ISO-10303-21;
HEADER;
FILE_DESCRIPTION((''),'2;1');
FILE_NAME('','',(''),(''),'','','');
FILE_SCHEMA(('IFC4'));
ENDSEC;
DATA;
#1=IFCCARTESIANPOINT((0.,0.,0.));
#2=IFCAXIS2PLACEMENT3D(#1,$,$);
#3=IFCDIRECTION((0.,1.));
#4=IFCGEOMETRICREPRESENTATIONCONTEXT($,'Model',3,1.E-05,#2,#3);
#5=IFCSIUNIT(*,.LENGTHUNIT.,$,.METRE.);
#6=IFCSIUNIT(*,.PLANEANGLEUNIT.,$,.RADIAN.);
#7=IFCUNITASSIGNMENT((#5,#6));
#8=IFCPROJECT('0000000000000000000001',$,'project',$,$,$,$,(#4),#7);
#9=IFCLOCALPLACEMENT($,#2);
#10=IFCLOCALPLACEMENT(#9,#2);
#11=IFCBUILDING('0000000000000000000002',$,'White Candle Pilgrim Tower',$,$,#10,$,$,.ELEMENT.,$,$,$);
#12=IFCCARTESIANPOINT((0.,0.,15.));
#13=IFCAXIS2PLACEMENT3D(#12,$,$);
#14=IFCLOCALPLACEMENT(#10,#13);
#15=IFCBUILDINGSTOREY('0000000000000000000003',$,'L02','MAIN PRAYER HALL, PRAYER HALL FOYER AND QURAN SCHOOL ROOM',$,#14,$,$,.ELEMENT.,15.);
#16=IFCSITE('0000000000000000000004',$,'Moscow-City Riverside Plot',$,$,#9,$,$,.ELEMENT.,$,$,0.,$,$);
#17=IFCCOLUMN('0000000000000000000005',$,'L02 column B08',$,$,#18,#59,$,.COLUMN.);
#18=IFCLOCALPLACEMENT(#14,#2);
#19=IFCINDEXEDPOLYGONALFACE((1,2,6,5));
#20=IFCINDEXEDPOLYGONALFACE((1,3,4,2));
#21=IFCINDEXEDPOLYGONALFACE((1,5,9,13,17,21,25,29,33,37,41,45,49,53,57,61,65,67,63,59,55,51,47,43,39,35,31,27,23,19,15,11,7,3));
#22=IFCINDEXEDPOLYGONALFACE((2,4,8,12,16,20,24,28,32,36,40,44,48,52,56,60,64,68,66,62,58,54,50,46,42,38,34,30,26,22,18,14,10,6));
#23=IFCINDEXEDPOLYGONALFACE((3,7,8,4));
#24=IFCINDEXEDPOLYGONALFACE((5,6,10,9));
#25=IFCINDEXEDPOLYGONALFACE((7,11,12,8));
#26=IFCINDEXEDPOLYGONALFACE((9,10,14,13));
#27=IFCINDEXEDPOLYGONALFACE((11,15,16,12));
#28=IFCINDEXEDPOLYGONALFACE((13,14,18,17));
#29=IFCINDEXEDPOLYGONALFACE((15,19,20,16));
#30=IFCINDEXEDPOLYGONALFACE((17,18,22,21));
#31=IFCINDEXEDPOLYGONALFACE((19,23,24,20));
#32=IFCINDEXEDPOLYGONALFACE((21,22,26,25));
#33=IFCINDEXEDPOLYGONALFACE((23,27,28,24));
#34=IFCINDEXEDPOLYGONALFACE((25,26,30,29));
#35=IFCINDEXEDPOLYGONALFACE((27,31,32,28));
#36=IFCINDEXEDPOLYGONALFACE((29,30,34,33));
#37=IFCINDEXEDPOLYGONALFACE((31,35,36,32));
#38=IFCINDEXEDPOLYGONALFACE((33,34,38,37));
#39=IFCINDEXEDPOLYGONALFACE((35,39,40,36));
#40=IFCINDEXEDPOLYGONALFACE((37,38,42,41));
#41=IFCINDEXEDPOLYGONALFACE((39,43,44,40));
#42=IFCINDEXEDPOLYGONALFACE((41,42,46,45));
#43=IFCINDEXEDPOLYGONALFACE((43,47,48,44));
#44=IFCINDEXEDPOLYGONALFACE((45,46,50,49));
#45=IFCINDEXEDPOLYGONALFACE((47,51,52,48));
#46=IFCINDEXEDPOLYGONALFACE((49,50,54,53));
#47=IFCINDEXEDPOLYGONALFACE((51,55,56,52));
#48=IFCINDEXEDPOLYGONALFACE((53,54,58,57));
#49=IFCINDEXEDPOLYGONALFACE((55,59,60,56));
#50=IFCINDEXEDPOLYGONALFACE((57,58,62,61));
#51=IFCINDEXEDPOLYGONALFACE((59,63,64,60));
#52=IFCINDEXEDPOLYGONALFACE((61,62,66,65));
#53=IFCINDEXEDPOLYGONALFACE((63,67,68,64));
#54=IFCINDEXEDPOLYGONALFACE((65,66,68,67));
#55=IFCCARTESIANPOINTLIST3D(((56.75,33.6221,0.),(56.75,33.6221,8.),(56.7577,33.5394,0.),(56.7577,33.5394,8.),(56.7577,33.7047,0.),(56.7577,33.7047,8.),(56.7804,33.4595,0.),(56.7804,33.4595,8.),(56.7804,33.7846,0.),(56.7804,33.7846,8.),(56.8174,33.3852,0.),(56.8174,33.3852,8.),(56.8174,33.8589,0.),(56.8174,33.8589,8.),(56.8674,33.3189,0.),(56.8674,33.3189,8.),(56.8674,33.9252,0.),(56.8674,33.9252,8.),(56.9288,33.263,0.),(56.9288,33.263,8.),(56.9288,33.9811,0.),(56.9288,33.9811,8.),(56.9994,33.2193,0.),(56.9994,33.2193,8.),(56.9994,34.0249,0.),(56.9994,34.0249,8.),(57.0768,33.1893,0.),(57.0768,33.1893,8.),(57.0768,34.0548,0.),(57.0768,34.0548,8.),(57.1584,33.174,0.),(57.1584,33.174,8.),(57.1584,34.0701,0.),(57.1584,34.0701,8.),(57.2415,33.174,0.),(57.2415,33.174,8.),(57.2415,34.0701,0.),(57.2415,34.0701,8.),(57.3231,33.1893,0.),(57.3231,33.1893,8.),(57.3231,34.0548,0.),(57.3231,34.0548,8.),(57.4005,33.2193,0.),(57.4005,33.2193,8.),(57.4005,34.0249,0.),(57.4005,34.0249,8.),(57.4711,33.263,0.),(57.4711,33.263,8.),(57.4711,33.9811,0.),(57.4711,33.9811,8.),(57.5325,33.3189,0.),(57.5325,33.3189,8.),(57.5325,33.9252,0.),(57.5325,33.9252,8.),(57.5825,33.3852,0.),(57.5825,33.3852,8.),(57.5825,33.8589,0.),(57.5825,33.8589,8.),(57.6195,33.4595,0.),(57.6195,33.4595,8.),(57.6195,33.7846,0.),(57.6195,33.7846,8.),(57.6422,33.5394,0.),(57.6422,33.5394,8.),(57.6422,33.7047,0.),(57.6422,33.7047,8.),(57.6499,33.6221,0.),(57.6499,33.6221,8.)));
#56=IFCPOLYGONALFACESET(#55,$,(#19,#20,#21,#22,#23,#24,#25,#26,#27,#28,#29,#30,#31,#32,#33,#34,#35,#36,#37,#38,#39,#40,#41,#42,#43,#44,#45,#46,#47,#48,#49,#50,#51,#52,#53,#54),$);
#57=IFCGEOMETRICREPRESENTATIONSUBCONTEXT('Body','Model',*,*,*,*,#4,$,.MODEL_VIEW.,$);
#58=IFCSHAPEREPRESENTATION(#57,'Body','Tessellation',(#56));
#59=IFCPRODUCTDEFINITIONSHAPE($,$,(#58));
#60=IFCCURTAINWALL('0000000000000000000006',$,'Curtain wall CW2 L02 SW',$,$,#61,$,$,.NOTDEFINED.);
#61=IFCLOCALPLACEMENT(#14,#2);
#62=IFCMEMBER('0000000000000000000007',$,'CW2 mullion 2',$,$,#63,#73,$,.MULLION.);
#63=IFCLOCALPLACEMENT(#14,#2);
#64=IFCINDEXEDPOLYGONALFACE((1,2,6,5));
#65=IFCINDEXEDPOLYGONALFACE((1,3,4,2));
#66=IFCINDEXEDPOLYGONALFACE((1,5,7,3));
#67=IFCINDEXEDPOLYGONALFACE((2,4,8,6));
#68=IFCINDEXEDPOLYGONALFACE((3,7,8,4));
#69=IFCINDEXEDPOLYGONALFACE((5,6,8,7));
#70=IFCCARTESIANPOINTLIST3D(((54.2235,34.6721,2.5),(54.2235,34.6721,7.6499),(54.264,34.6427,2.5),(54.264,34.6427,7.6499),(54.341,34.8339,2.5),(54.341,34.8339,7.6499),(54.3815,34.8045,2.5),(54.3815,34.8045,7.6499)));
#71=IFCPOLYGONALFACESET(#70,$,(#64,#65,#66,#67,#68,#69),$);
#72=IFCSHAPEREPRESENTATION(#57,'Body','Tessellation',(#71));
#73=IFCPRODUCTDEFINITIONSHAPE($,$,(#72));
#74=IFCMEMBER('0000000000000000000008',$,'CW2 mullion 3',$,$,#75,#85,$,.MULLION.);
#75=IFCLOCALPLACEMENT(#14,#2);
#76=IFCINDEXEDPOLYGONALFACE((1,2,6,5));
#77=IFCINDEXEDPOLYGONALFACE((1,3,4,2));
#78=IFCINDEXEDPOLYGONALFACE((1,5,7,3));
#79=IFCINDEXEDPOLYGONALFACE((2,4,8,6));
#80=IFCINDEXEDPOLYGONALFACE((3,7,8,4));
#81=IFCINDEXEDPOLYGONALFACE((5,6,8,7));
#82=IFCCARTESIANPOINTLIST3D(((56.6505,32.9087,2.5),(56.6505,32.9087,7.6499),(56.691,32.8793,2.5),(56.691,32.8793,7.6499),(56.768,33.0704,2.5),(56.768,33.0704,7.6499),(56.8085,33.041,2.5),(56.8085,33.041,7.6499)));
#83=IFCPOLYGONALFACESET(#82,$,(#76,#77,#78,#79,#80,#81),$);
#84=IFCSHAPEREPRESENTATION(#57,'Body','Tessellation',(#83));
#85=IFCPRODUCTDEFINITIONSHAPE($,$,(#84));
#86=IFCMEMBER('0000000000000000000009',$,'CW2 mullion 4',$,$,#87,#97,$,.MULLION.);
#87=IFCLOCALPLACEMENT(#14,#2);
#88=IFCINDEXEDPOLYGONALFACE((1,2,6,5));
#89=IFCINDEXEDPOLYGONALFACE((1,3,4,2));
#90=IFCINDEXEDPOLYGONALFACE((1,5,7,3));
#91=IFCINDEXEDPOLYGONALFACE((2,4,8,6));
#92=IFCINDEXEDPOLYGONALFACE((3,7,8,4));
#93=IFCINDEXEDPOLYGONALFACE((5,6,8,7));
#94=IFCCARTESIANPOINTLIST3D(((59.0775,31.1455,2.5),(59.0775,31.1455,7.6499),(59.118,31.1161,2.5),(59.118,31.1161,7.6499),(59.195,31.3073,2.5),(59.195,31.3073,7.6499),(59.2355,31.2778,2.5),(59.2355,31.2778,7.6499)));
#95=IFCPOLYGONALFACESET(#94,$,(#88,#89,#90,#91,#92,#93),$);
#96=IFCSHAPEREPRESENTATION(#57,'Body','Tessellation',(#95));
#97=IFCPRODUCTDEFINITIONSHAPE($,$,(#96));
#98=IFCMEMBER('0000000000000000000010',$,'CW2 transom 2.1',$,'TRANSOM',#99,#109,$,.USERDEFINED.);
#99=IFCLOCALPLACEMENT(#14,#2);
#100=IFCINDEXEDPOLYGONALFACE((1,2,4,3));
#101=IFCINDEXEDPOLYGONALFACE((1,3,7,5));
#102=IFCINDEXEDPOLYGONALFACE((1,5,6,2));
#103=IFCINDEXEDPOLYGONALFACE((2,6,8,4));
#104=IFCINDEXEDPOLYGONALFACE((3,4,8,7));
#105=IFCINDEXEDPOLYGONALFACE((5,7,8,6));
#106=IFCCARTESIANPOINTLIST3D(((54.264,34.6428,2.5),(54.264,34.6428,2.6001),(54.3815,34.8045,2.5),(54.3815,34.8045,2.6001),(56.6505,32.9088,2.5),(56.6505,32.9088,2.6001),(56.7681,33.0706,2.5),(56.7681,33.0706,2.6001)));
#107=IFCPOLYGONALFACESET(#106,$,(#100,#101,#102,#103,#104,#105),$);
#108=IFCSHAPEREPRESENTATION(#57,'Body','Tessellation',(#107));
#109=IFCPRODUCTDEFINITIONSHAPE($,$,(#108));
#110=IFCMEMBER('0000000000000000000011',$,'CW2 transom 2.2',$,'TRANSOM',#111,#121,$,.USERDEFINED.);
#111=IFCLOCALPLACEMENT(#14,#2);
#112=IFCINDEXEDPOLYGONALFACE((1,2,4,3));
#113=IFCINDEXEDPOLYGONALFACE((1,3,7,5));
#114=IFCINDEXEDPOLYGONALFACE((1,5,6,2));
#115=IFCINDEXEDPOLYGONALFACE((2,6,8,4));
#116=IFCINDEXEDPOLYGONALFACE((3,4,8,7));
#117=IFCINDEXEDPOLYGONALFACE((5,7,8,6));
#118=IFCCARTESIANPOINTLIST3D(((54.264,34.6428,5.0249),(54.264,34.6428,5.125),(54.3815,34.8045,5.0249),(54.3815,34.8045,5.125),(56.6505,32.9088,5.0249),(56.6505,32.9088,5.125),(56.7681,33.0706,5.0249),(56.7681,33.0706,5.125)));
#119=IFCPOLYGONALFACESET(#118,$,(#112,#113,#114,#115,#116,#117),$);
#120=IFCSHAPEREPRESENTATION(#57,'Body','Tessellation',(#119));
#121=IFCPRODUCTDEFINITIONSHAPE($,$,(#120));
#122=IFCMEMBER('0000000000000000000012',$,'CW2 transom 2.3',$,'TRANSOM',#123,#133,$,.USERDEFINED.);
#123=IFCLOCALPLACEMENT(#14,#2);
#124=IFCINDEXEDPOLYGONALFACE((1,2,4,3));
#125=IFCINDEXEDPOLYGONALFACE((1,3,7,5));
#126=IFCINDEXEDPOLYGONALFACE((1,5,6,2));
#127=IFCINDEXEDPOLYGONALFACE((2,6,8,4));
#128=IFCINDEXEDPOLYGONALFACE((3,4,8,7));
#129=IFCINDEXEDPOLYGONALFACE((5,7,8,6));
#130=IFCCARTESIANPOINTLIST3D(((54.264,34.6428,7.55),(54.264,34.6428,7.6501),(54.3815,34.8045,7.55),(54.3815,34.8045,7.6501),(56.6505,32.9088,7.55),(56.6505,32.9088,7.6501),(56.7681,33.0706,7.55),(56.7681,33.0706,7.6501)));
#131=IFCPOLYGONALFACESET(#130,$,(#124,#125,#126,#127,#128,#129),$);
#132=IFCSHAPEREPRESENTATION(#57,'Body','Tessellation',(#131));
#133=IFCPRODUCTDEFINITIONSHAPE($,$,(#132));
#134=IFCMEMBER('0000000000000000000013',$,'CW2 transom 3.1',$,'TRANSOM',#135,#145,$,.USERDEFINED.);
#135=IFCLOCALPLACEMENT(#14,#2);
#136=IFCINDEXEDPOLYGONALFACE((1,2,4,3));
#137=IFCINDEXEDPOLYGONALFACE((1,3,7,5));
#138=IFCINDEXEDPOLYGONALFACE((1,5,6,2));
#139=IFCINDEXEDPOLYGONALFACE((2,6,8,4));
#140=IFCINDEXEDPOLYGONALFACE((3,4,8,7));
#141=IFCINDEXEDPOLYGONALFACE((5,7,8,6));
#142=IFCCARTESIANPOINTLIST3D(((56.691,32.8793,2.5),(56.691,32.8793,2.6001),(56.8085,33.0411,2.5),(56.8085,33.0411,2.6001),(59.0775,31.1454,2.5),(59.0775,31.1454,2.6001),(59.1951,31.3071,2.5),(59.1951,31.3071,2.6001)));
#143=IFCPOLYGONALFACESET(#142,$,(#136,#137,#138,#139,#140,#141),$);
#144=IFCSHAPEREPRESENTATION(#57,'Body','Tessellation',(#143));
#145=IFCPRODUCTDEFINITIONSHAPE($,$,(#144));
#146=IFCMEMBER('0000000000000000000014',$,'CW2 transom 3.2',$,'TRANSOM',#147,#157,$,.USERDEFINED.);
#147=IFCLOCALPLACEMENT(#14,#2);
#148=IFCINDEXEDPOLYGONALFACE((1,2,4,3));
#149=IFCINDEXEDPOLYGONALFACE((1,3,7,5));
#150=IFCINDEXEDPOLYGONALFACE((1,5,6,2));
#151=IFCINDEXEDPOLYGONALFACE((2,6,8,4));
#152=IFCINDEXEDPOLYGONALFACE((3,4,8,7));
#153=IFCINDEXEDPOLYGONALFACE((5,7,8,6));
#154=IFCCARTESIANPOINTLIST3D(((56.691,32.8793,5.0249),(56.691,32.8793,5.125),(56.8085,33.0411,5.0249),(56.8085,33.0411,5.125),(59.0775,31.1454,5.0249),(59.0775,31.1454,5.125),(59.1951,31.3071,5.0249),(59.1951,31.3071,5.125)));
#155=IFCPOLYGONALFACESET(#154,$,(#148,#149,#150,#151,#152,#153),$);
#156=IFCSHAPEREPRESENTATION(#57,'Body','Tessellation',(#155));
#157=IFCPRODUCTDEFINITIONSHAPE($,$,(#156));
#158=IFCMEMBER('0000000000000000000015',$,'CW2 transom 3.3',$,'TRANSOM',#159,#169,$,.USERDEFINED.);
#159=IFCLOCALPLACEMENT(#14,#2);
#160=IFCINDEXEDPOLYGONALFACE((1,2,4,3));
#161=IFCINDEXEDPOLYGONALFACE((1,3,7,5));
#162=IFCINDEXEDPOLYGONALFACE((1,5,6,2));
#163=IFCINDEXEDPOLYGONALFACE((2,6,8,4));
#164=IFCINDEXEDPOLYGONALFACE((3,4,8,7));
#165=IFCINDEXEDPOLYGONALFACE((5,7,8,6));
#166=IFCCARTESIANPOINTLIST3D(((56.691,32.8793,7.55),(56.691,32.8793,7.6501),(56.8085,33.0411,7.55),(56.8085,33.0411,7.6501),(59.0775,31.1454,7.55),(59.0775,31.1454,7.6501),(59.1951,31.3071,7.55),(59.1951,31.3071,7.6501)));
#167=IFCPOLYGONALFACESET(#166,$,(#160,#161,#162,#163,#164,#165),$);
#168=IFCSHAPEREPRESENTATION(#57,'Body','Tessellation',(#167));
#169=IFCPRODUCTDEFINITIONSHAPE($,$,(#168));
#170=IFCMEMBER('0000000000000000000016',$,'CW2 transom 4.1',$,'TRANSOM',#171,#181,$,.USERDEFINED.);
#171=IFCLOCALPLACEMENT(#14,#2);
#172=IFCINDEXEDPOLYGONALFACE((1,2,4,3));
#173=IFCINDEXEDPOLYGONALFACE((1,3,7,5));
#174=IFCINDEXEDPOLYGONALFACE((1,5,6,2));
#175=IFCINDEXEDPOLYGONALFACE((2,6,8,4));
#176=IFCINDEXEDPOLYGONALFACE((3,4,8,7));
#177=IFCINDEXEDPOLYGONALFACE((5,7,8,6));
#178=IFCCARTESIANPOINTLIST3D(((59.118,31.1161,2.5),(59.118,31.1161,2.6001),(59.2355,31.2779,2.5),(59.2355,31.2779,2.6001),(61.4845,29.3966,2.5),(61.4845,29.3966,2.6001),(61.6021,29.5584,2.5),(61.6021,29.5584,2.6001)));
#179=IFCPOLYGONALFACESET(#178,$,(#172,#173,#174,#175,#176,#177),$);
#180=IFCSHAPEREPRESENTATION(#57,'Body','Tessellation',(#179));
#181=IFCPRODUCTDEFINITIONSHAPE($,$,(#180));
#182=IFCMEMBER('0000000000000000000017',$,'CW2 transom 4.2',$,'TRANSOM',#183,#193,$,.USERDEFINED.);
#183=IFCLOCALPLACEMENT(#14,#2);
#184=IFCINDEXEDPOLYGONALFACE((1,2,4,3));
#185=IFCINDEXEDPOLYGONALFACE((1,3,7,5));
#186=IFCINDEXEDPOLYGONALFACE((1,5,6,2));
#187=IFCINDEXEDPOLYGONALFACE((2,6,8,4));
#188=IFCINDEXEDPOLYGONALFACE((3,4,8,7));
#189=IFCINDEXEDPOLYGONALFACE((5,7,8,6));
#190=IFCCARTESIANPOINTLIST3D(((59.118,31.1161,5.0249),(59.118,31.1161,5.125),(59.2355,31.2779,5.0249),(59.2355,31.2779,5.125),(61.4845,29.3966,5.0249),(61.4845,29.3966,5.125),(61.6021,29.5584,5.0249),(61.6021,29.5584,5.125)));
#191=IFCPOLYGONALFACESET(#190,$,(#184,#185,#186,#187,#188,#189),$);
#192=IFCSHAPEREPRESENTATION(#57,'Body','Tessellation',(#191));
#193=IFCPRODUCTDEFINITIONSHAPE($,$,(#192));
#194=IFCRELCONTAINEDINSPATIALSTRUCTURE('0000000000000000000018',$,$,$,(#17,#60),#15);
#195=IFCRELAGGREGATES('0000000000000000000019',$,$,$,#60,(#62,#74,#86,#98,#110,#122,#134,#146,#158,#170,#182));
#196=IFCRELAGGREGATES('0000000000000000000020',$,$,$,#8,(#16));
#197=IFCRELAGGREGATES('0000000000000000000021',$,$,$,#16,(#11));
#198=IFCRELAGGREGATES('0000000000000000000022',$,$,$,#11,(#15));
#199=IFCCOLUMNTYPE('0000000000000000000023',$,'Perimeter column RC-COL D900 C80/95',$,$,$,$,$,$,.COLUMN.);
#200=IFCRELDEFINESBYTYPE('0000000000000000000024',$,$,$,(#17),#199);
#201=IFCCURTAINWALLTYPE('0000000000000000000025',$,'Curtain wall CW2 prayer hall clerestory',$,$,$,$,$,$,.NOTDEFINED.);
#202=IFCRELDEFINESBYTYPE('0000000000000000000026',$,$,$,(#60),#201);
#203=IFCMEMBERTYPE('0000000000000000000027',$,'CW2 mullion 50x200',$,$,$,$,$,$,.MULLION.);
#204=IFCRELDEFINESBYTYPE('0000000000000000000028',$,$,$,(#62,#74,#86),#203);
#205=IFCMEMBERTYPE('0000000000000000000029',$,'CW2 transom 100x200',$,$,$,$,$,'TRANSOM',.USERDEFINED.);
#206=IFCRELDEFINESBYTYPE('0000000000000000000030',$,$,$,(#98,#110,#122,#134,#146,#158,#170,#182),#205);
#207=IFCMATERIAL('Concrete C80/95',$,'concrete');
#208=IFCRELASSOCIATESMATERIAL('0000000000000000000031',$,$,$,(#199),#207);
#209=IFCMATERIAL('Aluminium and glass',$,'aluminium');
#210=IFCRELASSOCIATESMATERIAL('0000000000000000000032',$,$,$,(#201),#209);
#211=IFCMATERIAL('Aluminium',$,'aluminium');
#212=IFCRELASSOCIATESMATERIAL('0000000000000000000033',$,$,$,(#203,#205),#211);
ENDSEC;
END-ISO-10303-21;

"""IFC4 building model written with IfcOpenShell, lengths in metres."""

from ifc_helpers import new_model, si_unit, direction, frame, origin, origin_2d, place, context, subcontext, project, spatial, rectangle, circle, extrude, material, material_profile, profile_set, type_object, element, aggregate, save


model = new_model("IFC4")

# Units and contexts
model_context = context("Model", 3, precision=1e-05, world=origin(), true_north=direction((0.0, 1.0)))
body_context = subcontext(model_context, "Body", "Model", "MODEL_VIEW")
ifc_project = project(units=[si_unit("LENGTHUNIT", "METRE"), si_unit("PLANEANGLEUNIT", "RADIAN")], contexts=[model_context])

# Site, building, storey
site_placement = place(None, origin())
site = spatial("IfcSite", under=ifc_project, at=site_placement, Name="Moscow-City Riverside Plot", CompositionType="ELEMENT", RefElevation=0.0)
building_placement = place(site_placement, origin())
building = spatial("IfcBuilding", under=site, at=building_placement, Name="White Candle Pilgrim Tower", CompositionType="ELEMENT")
storey_placement = place(building_placement, frame((0.0, 0.0, 15.0)))
storey = spatial("IfcBuildingStorey", under=building, at=storey_placement, Name="L02", Description="MAIN PRAYER HALL, PRAYER HALL FOYER AND QURAN SCHOOL ROOM", CompositionType="ELEMENT", Elevation=15.0)

# Column
ifc_material_1 = material(Name="Concrete C80/95", Category="concrete")
ifc_material_profile_1 = material_profile(ifc_material_1, circle(Radius=0.45, at=origin_2d()), Name="RC-COL D900")
ifc_profile_set_1 = profile_set([ifc_material_profile_1], Name="Concrete C80/95")
column_type = type_object("IfcColumnType", Name="Perimeter column RC-COL D900 C80/95", PredefinedType="COLUMN", material=ifc_profile_set_1)
column_placement = place(storey_placement, frame((57.2, 33.6221, 0.0), z_axis=(0.0, 0.0, 1.0), x_axis=(1.0, 0.0, 0.0)))
element("IfcColumn", 1, at=column_placement, inside=storey, type_object=column_type, Name="L02 column B08", PredefinedType="COLUMN", context=body_context, shape_type="SweptSolid", body=[
    extrude(circle(Radius=0.45, at=origin_2d()), origin(), (0.0, 0.0, 1.0), 8.0),
])

# Curtain wall, members
ifc_material_2 = material(Name="Aluminium and glass", Category="aluminium")
curtain_wall_type = type_object("IfcCurtainWallType", Name="Curtain wall CW2 prayer hall clerestory", PredefinedType="NOTDEFINED", material=ifc_material_2)
curtain_wall_placement = place(storey_placement, origin())
curtain_wall = element("IfcCurtainWall", 2, at=curtain_wall_placement, inside=storey, type_object=curtain_wall_type, Name="Curtain wall CW2 L02 SW", PredefinedType="NOTDEFINED")
ifc_material_3 = material(Name="Aluminium", Category="aluminium")
ifc_material_profile_2 = material_profile(ifc_material_3, rectangle(XDim=0.2, YDim=0.05, at=origin_2d()), Name="CW2 mullion 50x200")
ifc_profile_set_2 = profile_set([ifc_material_profile_2], Name="Aluminium")
member_type_1 = type_object("IfcMemberType", Name="CW2 mullion 50x200", PredefinedType="MULLION", material=ifc_profile_set_2)
member_1_placement = place(storey_placement, frame((54.3025, 34.7383, 2.5), z_axis=(0.0, 0.0, 1.0), x_axis=(0.587785, 0.809017, 0.0)))
member_1 = element("IfcMember", 3, at=member_1_placement, type_object=member_type_1, Name="CW2 mullion 2", PredefinedType="MULLION", context=body_context, shape_type="SweptSolid", body=[
    extrude(rectangle(XDim=0.2, YDim=0.05, at=origin_2d()), origin(), (0.0, 0.0, 1.0), 5.1499),
])
member_2_placement = place(storey_placement, frame((56.7295, 32.9749, 2.5), z_axis=(0.0, 0.0, 1.0), x_axis=(0.587785, 0.809017, 0.0)))
member_2 = element("IfcMember", 4, at=member_2_placement, type_object=member_type_1, Name="CW2 mullion 3", PredefinedType="MULLION", context=body_context, shape_type="SweptSolid", body=[
    extrude(rectangle(XDim=0.2, YDim=0.05, at=origin_2d()), origin(), (0.0, 0.0, 1.0), 5.1499),
])
member_3_placement = place(storey_placement, frame((59.1565, 31.2117, 2.5), z_axis=(0.0, 0.0, 1.0), x_axis=(0.587785, 0.809017, 0.0)))
member_3 = element("IfcMember", 5, at=member_3_placement, type_object=member_type_1, Name="CW2 mullion 4", PredefinedType="MULLION", context=body_context, shape_type="SweptSolid", body=[
    extrude(rectangle(XDim=0.2, YDim=0.05, at=origin_2d()), origin(), (0.0, 0.0, 1.0), 5.1499),
])
ifc_material_profile_3 = material_profile(ifc_material_3, rectangle(XDim=0.2, YDim=0.1001, at=origin_2d()), Name="CW2 transom 100x200")
ifc_profile_set_3 = profile_set([ifc_material_profile_3], Name="Aluminium")
member_type_2 = type_object("IfcMemberType", Name="CW2 transom 100x200", ElementType="TRANSOM", PredefinedType="USERDEFINED", material=ifc_profile_set_3)
member_4_placement = place(storey_placement, frame((54.3228, 34.7236, 2.55), z_axis=(0.809015, -0.587788, 0.0), x_axis=(0.587788, 0.809015, 0.0)))
member_4 = element("IfcMember", 6, at=member_4_placement, type_object=member_type_2, Name="CW2 transom 2.1", ObjectType="TRANSOM", PredefinedType="USERDEFINED", context=body_context, shape_type="SweptSolid", body=[
    extrude(rectangle(XDim=0.2, YDim=0.1001, at=origin_2d()), origin(), (0.0, 0.0, 1.0), 2.95),
])
member_5_placement = place(storey_placement, frame((54.3228, 34.7236, 5.075), z_axis=(0.809015, -0.587788, 0.0), x_axis=(0.587788, 0.809015, 0.0)))
member_5 = element("IfcMember", 7, at=member_5_placement, type_object=member_type_2, Name="CW2 transom 2.2", ObjectType="TRANSOM", PredefinedType="USERDEFINED", context=body_context, shape_type="SweptSolid", body=[
    extrude(rectangle(XDim=0.2, YDim=0.1001, at=origin_2d()), origin(), (0.0, 0.0, 1.0), 2.95),
])
member_6_placement = place(storey_placement, frame((54.3228, 34.7236, 7.6001), z_axis=(0.809015, -0.587788, 0.0), x_axis=(0.587788, 0.809015, 0.0)))
member_6 = element("IfcMember", 8, at=member_6_placement, type_object=member_type_2, Name="CW2 transom 2.3", ObjectType="TRANSOM", PredefinedType="USERDEFINED", context=body_context, shape_type="SweptSolid", body=[
    extrude(rectangle(XDim=0.2, YDim=0.1001, at=origin_2d()), origin(), (0.0, 0.0, 1.0), 2.95),
])
member_7_placement = place(storey_placement, frame((56.7498, 32.9602, 2.55), z_axis=(0.809015, -0.587788, 0.0), x_axis=(0.587788, 0.809015, 0.0)))
member_7 = element("IfcMember", 9, at=member_7_placement, type_object=member_type_2, Name="CW2 transom 3.1", ObjectType="TRANSOM", PredefinedType="USERDEFINED", context=body_context, shape_type="SweptSolid", body=[
    extrude(rectangle(XDim=0.2, YDim=0.1001, at=origin_2d()), origin(), (0.0, 0.0, 1.0), 2.95),
])
member_8_placement = place(storey_placement, frame((56.7498, 32.9602, 5.075), z_axis=(0.809015, -0.587788, 0.0), x_axis=(0.587788, 0.809015, 0.0)))
member_8 = element("IfcMember", 10, at=member_8_placement, type_object=member_type_2, Name="CW2 transom 3.2", ObjectType="TRANSOM", PredefinedType="USERDEFINED", context=body_context, shape_type="SweptSolid", body=[
    extrude(rectangle(XDim=0.2, YDim=0.1001, at=origin_2d()), origin(), (0.0, 0.0, 1.0), 2.95),
])
member_9_placement = place(storey_placement, frame((56.7498, 32.9602, 7.6001), z_axis=(0.809015, -0.587788, 0.0), x_axis=(0.587788, 0.809015, 0.0)))
member_9 = element("IfcMember", 11, at=member_9_placement, type_object=member_type_2, Name="CW2 transom 3.3", ObjectType="TRANSOM", PredefinedType="USERDEFINED", context=body_context, shape_type="SweptSolid", body=[
    extrude(rectangle(XDim=0.2, YDim=0.1001, at=origin_2d()), origin(), (0.0, 0.0, 1.0), 2.95),
])
member_10_placement = place(storey_placement, frame((59.1768, 31.197, 2.55), z_axis=(0.808992, -0.587819, 0.0), x_axis=(0.587819, 0.808992, 0.0)))
member_10 = element("IfcMember", 12, at=member_10_placement, type_object=member_type_2, Name="CW2 transom 4.1", ObjectType="TRANSOM", PredefinedType="USERDEFINED", context=body_context, shape_type="SweptSolid", body=[
    extrude(rectangle(XDim=0.2, YDim=0.1001, at=origin_2d()), origin(), (0.0, 0.0, 1.0), 2.9253),
])
member_11_placement = place(storey_placement, frame((59.1768, 31.197, 5.075), z_axis=(0.808992, -0.587819, 0.0), x_axis=(0.587819, 0.808992, 0.0)))
member_11 = element("IfcMember", 13, at=member_11_placement, type_object=member_type_2, Name="CW2 transom 4.2", ObjectType="TRANSOM", PredefinedType="USERDEFINED", context=body_context, shape_type="SweptSolid", body=[
    extrude(rectangle(XDim=0.2, YDim=0.1001, at=origin_2d()), origin(), (0.0, 0.0, 1.0), 2.9253),
])

aggregate(curtain_wall, [member_1, member_2, member_3, member_4, member_5, member_6, member_7, member_8, member_9, member_10, member_11])

save(model, "model.ifc")
